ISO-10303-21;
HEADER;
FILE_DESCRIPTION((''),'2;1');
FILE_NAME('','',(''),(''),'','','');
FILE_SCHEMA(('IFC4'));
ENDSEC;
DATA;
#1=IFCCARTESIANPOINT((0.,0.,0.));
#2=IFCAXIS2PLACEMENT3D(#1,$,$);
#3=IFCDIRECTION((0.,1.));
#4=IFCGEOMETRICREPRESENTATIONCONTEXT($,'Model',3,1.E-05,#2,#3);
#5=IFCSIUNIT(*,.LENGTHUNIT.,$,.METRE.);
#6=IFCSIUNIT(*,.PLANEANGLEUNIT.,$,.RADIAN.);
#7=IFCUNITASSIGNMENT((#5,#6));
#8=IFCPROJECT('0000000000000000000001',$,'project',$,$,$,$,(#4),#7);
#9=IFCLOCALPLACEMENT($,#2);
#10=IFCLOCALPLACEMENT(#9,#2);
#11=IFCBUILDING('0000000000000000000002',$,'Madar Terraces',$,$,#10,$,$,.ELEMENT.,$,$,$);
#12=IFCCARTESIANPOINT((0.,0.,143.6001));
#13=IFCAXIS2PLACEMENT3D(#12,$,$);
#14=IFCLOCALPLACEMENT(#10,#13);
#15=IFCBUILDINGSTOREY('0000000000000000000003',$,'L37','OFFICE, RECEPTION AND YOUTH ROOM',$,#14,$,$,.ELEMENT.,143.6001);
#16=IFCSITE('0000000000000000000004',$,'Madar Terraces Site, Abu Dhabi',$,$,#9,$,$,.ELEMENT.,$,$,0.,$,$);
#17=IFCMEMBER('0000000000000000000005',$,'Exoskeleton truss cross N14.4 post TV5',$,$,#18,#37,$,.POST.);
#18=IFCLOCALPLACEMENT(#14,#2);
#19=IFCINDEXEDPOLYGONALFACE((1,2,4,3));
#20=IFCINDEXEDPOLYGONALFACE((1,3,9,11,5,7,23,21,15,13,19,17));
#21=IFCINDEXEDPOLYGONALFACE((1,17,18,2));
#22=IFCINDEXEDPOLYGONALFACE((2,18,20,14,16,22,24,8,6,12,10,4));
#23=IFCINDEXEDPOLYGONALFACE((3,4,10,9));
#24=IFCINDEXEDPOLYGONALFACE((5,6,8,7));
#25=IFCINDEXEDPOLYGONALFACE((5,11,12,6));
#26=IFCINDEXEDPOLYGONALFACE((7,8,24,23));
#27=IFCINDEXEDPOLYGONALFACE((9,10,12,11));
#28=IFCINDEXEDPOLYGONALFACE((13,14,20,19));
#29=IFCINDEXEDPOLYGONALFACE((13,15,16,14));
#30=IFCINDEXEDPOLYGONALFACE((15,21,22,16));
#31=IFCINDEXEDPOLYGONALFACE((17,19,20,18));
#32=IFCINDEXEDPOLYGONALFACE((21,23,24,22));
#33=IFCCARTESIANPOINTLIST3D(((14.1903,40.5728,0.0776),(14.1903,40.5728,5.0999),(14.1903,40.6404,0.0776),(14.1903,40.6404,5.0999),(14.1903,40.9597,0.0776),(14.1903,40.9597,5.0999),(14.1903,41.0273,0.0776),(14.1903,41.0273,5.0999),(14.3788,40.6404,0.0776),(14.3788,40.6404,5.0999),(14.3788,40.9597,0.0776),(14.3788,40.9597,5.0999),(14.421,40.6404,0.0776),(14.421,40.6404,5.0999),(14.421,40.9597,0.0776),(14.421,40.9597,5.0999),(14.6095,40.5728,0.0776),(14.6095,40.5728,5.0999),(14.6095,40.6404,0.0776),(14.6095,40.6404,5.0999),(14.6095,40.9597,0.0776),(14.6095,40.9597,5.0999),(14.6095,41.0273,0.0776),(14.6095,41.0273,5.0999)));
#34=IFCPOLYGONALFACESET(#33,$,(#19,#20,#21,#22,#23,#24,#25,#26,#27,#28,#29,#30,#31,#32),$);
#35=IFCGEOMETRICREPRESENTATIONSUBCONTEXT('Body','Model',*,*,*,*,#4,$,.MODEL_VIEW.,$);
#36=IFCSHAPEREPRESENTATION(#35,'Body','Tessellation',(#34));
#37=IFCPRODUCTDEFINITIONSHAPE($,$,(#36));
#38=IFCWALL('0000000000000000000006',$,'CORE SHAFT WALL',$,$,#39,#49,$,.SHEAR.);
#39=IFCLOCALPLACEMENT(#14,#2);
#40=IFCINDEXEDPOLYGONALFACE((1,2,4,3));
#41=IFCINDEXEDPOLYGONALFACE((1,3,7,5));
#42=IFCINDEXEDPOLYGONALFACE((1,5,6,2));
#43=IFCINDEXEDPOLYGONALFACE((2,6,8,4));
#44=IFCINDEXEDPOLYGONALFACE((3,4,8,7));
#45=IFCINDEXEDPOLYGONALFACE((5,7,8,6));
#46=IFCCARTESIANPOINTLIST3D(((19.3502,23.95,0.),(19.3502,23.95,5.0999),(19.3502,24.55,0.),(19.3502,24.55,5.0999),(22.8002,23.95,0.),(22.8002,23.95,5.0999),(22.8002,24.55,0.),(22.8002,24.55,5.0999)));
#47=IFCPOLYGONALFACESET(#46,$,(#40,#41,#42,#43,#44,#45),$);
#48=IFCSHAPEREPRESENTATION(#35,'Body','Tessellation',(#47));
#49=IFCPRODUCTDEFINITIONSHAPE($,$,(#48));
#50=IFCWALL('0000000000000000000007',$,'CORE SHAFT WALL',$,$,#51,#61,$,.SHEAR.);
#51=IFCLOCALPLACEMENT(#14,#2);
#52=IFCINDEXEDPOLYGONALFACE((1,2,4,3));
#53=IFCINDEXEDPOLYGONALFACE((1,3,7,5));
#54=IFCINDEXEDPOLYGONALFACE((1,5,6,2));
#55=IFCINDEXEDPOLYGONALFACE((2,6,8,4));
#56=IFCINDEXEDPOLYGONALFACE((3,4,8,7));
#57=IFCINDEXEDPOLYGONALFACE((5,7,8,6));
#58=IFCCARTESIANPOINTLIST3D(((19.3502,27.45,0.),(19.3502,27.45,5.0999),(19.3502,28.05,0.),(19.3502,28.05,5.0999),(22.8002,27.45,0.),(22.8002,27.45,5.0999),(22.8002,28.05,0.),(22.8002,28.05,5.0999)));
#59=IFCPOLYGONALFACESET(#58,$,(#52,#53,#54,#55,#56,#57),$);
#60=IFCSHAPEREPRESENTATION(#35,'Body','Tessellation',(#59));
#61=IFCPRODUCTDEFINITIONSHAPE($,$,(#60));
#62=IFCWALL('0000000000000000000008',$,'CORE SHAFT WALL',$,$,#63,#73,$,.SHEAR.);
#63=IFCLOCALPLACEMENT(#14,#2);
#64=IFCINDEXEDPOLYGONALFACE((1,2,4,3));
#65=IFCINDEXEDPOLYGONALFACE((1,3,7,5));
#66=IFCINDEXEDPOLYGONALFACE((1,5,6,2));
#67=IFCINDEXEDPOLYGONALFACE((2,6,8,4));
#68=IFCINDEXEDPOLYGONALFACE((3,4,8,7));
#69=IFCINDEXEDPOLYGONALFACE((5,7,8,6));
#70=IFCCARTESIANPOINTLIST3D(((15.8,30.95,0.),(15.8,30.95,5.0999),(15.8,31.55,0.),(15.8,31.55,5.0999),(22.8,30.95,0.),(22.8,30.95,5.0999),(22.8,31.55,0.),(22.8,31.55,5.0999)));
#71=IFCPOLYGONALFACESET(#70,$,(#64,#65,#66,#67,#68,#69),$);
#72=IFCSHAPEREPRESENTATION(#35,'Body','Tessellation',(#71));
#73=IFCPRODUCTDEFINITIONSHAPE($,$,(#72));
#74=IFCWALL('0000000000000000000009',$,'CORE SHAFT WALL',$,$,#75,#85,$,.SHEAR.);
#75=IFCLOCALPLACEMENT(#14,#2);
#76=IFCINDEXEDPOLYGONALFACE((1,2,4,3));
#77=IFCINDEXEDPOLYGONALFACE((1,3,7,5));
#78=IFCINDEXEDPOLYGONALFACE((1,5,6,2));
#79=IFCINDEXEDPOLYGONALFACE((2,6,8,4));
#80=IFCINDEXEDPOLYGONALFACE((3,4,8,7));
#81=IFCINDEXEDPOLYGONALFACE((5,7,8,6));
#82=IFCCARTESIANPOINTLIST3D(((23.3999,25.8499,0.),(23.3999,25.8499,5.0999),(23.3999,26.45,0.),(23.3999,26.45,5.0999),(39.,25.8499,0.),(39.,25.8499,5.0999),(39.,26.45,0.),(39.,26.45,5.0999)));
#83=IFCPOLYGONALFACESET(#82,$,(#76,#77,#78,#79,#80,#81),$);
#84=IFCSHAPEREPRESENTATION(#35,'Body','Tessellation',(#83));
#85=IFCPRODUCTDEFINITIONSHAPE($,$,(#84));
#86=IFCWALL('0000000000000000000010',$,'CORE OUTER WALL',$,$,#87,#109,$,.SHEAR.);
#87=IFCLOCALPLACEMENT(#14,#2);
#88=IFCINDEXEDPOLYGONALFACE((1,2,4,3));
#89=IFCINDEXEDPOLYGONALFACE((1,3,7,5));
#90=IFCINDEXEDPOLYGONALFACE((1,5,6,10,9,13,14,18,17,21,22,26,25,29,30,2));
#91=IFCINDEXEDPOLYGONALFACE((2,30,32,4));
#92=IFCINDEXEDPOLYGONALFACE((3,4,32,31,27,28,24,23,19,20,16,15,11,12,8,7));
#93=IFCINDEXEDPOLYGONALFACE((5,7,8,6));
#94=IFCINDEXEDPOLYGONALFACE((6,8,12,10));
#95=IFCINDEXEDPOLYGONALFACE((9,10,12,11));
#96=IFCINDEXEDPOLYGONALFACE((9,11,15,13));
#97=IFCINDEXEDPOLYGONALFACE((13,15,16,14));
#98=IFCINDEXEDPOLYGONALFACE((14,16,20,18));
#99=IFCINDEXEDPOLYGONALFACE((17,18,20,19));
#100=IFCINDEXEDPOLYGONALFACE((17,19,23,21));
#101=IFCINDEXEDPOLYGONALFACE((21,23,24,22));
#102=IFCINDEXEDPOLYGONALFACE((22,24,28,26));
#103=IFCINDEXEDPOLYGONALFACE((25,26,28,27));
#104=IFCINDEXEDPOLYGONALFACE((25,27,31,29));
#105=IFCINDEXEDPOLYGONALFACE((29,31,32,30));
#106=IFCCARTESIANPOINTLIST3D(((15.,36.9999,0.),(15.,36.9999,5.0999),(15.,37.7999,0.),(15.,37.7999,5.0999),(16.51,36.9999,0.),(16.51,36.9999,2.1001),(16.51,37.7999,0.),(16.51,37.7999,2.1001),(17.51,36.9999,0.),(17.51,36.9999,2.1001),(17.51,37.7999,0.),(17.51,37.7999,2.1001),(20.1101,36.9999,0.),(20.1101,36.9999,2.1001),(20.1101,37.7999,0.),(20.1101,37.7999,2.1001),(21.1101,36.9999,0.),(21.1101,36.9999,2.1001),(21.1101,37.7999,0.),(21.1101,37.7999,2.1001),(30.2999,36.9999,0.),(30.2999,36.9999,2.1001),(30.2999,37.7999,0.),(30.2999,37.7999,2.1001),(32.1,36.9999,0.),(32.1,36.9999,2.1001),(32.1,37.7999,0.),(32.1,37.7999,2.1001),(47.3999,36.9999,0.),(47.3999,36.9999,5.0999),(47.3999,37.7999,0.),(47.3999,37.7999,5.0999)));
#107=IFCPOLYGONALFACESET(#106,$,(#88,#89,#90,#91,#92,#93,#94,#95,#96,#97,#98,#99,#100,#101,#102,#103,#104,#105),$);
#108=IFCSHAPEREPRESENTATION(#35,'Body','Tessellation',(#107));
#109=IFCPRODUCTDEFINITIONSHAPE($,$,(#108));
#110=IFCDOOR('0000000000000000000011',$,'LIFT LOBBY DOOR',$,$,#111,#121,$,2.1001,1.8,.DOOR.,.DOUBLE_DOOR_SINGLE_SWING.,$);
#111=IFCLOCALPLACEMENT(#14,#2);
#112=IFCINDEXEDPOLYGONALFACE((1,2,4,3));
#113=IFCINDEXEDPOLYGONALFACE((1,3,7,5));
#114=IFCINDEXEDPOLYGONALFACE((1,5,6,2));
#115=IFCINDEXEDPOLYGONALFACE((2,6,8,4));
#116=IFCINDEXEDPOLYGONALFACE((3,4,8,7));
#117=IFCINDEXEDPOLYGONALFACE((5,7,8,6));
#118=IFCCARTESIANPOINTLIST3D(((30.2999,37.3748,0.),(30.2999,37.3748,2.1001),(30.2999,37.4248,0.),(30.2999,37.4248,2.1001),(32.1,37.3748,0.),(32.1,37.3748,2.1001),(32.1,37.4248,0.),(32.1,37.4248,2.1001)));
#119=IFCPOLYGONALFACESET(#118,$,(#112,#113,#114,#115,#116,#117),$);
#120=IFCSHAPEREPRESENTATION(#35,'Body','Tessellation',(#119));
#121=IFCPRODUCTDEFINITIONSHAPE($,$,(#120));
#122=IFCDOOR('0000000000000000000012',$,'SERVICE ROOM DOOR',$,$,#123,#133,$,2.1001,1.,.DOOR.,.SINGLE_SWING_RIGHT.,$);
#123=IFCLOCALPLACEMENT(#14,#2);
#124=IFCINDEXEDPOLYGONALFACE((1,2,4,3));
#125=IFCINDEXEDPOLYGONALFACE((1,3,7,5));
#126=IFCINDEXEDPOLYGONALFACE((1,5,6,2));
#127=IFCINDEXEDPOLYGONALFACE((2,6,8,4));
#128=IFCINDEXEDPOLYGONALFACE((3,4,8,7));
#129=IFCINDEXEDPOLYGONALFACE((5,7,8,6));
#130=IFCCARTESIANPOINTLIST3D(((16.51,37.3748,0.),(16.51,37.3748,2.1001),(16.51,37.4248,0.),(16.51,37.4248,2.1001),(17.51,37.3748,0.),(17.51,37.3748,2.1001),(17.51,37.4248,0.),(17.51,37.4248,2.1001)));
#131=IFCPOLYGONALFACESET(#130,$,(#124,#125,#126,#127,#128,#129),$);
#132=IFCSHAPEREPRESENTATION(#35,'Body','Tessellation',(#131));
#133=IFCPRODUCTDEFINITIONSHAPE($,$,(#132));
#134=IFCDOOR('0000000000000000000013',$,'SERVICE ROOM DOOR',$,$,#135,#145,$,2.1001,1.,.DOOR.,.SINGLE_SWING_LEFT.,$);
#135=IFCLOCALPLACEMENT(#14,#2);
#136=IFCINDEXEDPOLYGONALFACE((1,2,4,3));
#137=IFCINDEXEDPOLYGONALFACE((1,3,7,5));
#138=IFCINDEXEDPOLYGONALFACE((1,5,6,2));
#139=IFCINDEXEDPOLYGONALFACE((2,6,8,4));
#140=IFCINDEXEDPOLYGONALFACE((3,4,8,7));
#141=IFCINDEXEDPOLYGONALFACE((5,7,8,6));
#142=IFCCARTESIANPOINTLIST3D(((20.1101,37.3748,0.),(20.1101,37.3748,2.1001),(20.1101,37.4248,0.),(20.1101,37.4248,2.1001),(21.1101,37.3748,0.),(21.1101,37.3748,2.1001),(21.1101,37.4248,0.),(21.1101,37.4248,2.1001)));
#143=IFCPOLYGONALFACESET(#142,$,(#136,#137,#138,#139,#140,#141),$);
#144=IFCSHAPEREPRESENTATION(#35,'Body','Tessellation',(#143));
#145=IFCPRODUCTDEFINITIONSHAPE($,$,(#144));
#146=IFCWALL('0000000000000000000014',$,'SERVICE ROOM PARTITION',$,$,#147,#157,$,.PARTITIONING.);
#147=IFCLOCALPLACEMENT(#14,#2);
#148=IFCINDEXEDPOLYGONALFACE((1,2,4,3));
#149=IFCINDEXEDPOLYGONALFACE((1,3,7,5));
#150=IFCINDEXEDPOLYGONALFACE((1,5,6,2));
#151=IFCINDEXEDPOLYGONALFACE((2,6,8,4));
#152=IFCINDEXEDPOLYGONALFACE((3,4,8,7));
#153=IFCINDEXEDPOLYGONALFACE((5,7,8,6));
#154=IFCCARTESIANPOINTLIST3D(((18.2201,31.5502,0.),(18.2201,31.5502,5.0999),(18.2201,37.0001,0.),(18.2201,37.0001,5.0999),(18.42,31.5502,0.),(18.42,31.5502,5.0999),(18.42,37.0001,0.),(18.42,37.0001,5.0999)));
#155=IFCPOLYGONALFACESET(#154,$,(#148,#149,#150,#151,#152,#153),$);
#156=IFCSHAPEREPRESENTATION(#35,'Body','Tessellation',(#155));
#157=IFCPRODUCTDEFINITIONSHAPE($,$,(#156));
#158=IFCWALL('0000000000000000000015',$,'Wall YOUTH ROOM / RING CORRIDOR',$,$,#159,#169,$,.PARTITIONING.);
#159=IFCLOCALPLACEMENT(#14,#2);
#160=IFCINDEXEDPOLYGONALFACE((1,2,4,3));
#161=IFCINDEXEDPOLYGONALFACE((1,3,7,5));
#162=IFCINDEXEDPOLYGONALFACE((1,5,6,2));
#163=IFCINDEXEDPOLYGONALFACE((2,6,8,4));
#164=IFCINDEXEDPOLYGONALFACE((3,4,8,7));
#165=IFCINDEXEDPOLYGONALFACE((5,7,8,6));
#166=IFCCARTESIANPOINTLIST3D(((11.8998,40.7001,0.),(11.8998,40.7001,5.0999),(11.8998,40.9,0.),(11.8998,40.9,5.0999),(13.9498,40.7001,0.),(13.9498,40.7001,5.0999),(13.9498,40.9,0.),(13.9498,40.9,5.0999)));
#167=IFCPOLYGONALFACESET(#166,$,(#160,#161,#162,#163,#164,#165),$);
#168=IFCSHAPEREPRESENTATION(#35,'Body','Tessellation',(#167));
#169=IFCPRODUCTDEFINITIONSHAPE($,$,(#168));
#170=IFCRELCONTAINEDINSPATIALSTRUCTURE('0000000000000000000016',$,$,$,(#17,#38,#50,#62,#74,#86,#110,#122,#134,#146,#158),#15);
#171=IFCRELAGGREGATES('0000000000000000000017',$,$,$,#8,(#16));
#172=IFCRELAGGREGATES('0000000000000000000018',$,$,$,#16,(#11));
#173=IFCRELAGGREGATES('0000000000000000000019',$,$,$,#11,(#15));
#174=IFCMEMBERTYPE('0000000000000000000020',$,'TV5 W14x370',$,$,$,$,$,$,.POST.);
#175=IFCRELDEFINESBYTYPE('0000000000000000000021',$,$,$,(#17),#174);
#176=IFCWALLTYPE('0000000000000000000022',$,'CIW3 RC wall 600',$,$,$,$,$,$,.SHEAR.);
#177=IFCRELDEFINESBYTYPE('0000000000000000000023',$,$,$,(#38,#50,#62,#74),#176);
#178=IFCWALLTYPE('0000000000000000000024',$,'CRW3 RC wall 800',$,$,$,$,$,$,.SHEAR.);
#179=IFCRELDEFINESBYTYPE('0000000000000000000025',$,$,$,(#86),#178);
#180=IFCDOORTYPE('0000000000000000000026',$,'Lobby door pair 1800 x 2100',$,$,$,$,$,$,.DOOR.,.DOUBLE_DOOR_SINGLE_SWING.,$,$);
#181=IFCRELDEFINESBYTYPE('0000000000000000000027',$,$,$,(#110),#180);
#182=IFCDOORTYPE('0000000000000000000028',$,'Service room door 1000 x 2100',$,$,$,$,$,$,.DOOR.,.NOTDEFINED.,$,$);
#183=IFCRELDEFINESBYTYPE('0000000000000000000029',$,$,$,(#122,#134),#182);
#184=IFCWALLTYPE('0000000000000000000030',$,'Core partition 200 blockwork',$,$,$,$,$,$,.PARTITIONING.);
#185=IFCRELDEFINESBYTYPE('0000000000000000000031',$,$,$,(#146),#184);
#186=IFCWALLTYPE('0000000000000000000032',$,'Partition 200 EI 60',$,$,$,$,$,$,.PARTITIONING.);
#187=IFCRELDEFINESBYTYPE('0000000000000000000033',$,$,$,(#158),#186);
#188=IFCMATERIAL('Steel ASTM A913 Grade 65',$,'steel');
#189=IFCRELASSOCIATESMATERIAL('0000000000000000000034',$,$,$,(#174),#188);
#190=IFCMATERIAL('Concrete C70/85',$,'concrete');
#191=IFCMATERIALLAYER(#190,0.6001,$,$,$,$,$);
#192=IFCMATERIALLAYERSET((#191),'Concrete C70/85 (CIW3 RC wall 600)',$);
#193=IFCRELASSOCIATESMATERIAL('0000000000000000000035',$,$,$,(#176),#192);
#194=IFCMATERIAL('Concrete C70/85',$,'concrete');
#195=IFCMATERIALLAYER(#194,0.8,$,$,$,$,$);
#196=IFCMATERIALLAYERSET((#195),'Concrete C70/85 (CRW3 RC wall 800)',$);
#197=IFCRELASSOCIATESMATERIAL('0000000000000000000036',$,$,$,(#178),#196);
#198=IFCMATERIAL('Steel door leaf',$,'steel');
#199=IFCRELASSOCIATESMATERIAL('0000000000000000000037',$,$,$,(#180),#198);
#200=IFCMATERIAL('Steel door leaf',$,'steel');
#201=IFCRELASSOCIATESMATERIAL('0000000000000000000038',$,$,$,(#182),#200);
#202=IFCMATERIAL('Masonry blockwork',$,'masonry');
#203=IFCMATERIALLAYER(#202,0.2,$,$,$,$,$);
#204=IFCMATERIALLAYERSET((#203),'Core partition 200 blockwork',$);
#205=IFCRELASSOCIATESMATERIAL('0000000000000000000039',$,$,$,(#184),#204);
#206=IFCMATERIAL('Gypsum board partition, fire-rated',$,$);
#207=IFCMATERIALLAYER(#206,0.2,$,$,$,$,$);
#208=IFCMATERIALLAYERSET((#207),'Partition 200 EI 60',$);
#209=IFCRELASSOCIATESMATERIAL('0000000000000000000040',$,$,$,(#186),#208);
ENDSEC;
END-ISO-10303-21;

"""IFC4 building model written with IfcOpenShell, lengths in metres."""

from ifc_helpers import new_model, si_unit, direction, frame, frame_2d, origin, origin_2d, place, context, subcontext, project, spatial, rectangle, i_section, extrude, material, layer, layer_set, material_profile, profile_set, type_object, element, fill, save


model = new_model("IFC4")

# Units and contexts
model_context = context("Model", 3, precision=1e-05, world=origin(), true_north=direction((0.0, 1.0)))
body_context = subcontext(model_context, "Body", "Model", "MODEL_VIEW")
ifc_project = project(units=[si_unit("LENGTHUNIT", "METRE"), si_unit("PLANEANGLEUNIT", "RADIAN")], contexts=[model_context])

# Site, building, storey
site_placement = place(None, origin())
site = spatial("IfcSite", under=ifc_project, at=site_placement, Name="Madar Terraces Site, Abu Dhabi", CompositionType="ELEMENT", RefElevation=0.0)
building_placement = place(site_placement, origin())
building = spatial("IfcBuilding", under=site, at=building_placement, Name="Madar Terraces", CompositionType="ELEMENT")
storey_placement = place(building_placement, frame((0.0, 0.0, 143.6001)))
storey = spatial("IfcBuildingStorey", under=building, at=storey_placement, Name="L37", Description="OFFICE, RECEPTION AND YOUTH ROOM", CompositionType="ELEMENT", Elevation=143.6001)

# Member
ifc_material_1 = material(Name="Steel ASTM A913 Grade 65", Category="steel")
ifc_material_profile_1 = material_profile(ifc_material_1, i_section(OverallWidth=0.4192, OverallDepth=0.4546, WebThickness=0.0422, FlangeThickness=0.0676, at=origin_2d()), Name="W14x370")
ifc_profile_set_1 = profile_set([ifc_material_profile_1], Name="Steel ASTM A913 Grade 65")
member_type_1 = type_object("IfcMemberType", Name="TV5 W14x370", PredefinedType="POST", material=ifc_profile_set_1)
for number, where, z_axis, x_axis, name in (
    (1, (14.3999, 40.8, 0.0776), (0.0, 0.0, 1.0), (-1.0, 0.0, 0.0), "Exoskeleton truss cross N14.4 post TV5"),
):
    element("IfcMember", number, at=place(storey_placement, frame(where, z_axis=z_axis, x_axis=x_axis)), inside=storey, type_object=member_type_1, Name=name, PredefinedType="POST", context=body_context, shape_type="SweptSolid", body=[
        extrude(i_section(OverallWidth=0.4192, OverallDepth=0.4546, WebThickness=0.0422, FlangeThickness=0.0676, at=origin_2d()), origin(), (0.0, 0.0, 1.0), 5.0222),
    ])

# Walls
ifc_material_2 = material(Name="Concrete C70/85", Category="concrete")
ifc_layer_1 = layer(ifc_material_2, 0.6001)
ifc_layer_set_1 = layer_set([ifc_layer_1], Name="Concrete C70/85 (CIW3 RC wall 600)")
wall_type_1 = type_object("IfcWallType", Name="CIW3 RC wall 600", PredefinedType="SHEAR", material=ifc_layer_set_1)
for number, where, z_axis, x_axis, name in (
    (2, (19.3501, 24.25, 0.0), (0.0, 0.0, 1.0), (1.0, 0.0, 0.0), "CORE SHAFT WALL"),
    (3, (19.3501, 27.75, 0.0), (0.0, 0.0, 1.0), (1.0, 0.0, 0.0), "CORE SHAFT WALL"),
):
    element("IfcWall", number, at=place(storey_placement, frame(where, z_axis=z_axis, x_axis=x_axis)), inside=storey, type_object=wall_type_1, Name=name, PredefinedType="SHEAR", context=body_context, shape_type="SweptSolid", body=[
        extrude(rectangle(XDim=3.45, YDim=0.6001, at=frame_2d((1.7251, 0.0))), origin(), (0.0, 0.0, 1.0), 5.0999),
    ])
wall_1_placement = place(storey_placement, frame((15.8, 31.25, 0.0), z_axis=(0.0, 0.0, 1.0), x_axis=(1.0, 0.0, 0.0)))
element("IfcWall", 4, at=wall_1_placement, inside=storey, type_object=wall_type_1, Name="CORE SHAFT WALL", PredefinedType="SHEAR", context=body_context, shape_type="SweptSolid", body=[
    extrude(rectangle(XDim=7.0, YDim=0.6001, at=frame_2d((3.5, 0.0))), origin(), (0.0, 0.0, 1.0), 5.0999),
])
wall_2_placement = place(storey_placement, frame((23.3999, 26.1499, 0.0), z_axis=(0.0, 0.0, 1.0), x_axis=(1.0, 0.0, 0.0)))
element("IfcWall", 5, at=wall_2_placement, inside=storey, type_object=wall_type_1, Name="CORE SHAFT WALL", PredefinedType="SHEAR", context=body_context, shape_type="SweptSolid", body=[
    extrude(rectangle(XDim=15.6001, YDim=0.6001, at=frame_2d((7.8, 0.0))), origin(), (0.0, 0.0, 1.0), 5.0999),
])

# Wall, openings, doors
ifc_material_3 = material(Name="Concrete C70/85", Category="concrete")
ifc_layer_2 = layer(ifc_material_3, 0.8)
ifc_layer_set_2 = layer_set([ifc_layer_2], Name="Concrete C70/85 (CRW3 RC wall 800)")
wall_type_2 = type_object("IfcWallType", Name="CRW3 RC wall 800", PredefinedType="SHEAR", material=ifc_layer_set_2)
wall_3_placement = place(storey_placement, frame((15.0, 37.3999, 0.0), z_axis=(0.0, 0.0, 1.0), x_axis=(1.0, 0.0, 0.0)))
wall_3 = element("IfcWall", 6, at=wall_3_placement, inside=storey, type_object=wall_type_2, Name="CORE OUTER WALL", PredefinedType="SHEAR", context=body_context, shape_type="SweptSolid", body=[
    extrude(rectangle(XDim=32.3999, YDim=0.8, at=frame_2d((16.2, 0.0))), origin(), (0.0, 0.0, 1.0), 5.0999),
])
opening_1_placement = place(wall_3_placement, frame((15.3, 0.0, 0.0)))
opening_1 = element("IfcOpeningElement", 7, at=opening_1_placement, cuts=wall_3, PredefinedType="OPENING", context=body_context, shape_type="SweptSolid", body=[
    extrude(rectangle(XDim=1.8, YDim=2.1001, at=frame_2d((0.8999, 1.05))), frame((0.0, 0.4099, 0.0), z_axis=(0.0, -1.0, 0.0), x_axis=(1.0, 0.0, 0.0)), (0.0, 0.0, 1.0), 0.8201),
])
opening_2_placement = place(wall_3_placement, frame((1.51, 0.0, 0.0)))
opening_2 = element("IfcOpeningElement", 8, at=opening_2_placement, cuts=wall_3, PredefinedType="OPENING", context=body_context, shape_type="SweptSolid", body=[
    extrude(rectangle(XDim=1.0, YDim=2.1001, at=frame_2d((0.5, 1.05))), frame((0.0, 0.4099, 0.0), z_axis=(0.0, -1.0, 0.0), x_axis=(1.0, 0.0, 0.0)), (0.0, 0.0, 1.0), 0.8201),
])
opening_3_placement = place(wall_3_placement, frame((5.1101, 0.0, 0.0)))
opening_3 = element("IfcOpeningElement", 9, at=opening_3_placement, cuts=wall_3, PredefinedType="OPENING", context=body_context, shape_type="SweptSolid", body=[
    extrude(rectangle(XDim=1.0, YDim=2.1001, at=frame_2d((0.5, 1.05))), frame((0.0, 0.4099, 0.0), z_axis=(0.0, -1.0, 0.0), x_axis=(1.0, 0.0, 0.0)), (0.0, 0.0, 1.0), 0.8201),
])
ifc_material_4 = material(Name="Steel door leaf", Category="steel")
door_type_1 = type_object("IfcDoorType", Name="Lobby door pair 1800 x 2100", OperationType="DOUBLE_DOOR_SINGLE_SWING", PredefinedType="DOOR", material=ifc_material_4)
door_1_placement = place(opening_1_placement, origin())
door_1 = element("IfcDoor", 10, at=door_1_placement, inside=storey, type_object=door_type_1, Name="LIFT LOBBY DOOR", OperationType="DOUBLE_DOOR_SINGLE_SWING", OverallHeight=2.1001, OverallWidth=1.8, PredefinedType="DOOR", context=body_context, shape_type="SweptSolid", body=[
    extrude(rectangle(XDim=1.8, YDim=2.1001, at=frame_2d((0.8999, 1.05))), frame((0.0, 0.0249, 0.0), z_axis=(0.0, -1.0, 0.0), x_axis=(1.0, 0.0, 0.0)), (0.0, 0.0, 1.0), 0.05),
])
fill(opening_1, door_1)
ifc_material_5 = material(Name="Steel door leaf", Category="steel")
door_type_2 = type_object("IfcDoorType", Name="Service room door 1000 x 2100", OperationType="NOTDEFINED", PredefinedType="DOOR", material=ifc_material_5)
door_2_placement = place(opening_2_placement, origin())
door_2 = element("IfcDoor", 11, at=door_2_placement, inside=storey, type_object=door_type_2, Name="SERVICE ROOM DOOR", OperationType="SINGLE_SWING_RIGHT", OverallHeight=2.1001, OverallWidth=1.0, PredefinedType="DOOR", context=body_context, shape_type="SweptSolid", body=[
    extrude(rectangle(XDim=1.0, YDim=2.1001, at=frame_2d((0.5, 1.05))), frame((0.0, 0.0249, 0.0), z_axis=(0.0, -1.0, 0.0), x_axis=(1.0, 0.0, 0.0)), (0.0, 0.0, 1.0), 0.05),
])
fill(opening_2, door_2)
door_3_placement = place(opening_3_placement, origin())
door_3 = element("IfcDoor", 12, at=door_3_placement, inside=storey, type_object=door_type_2, Name="SERVICE ROOM DOOR", OperationType="SINGLE_SWING_LEFT", OverallHeight=2.1001, OverallWidth=1.0, PredefinedType="DOOR", context=body_context, shape_type="SweptSolid", body=[
    extrude(rectangle(XDim=1.0, YDim=2.1001, at=frame_2d((0.5, 1.05))), frame((0.0, 0.0249, 0.0), z_axis=(0.0, -1.0, 0.0), x_axis=(1.0, 0.0, 0.0)), (0.0, 0.0, 1.0), 0.05),
])
fill(opening_3, door_3)

# Walls
ifc_material_6 = material(Name="Masonry blockwork", Category="masonry")
ifc_layer_3 = layer(ifc_material_6, 0.2)
ifc_layer_set_3 = layer_set([ifc_layer_3], Name="Core partition 200 blockwork")
wall_type_3 = type_object("IfcWallType", Name="Core partition 200 blockwork", PredefinedType="PARTITIONING", material=ifc_layer_set_3)
wall_4_placement = place(storey_placement, frame((18.3201, 31.55, 0.0), z_axis=(0.0, 0.0, 1.0), x_axis=(0.0, 1.0, 0.0)))
element("IfcWall", 13, at=wall_4_placement, inside=storey, type_object=wall_type_3, Name="SERVICE ROOM PARTITION", PredefinedType="PARTITIONING", context=body_context, shape_type="SweptSolid", body=[
    extrude(rectangle(XDim=5.45, YDim=0.2, at=frame_2d((2.7251, 0.0))), origin(), (0.0, 0.0, 1.0), 5.0999),
])
ifc_material_7 = material(Name="Gypsum board partition, fire-rated")
ifc_layer_4 = layer(ifc_material_7, 0.2)
ifc_layer_set_4 = layer_set([ifc_layer_4], Name="Partition 200 EI 60")
wall_type_4 = type_object("IfcWallType", Name="Partition 200 EI 60", PredefinedType="PARTITIONING", material=ifc_layer_set_4)
wall_5_placement = place(storey_placement, frame((11.8999, 40.8, 0.0), z_axis=(0.0, 0.0, 1.0), x_axis=(1.0, 0.0, 0.0)))
element("IfcWall", 14, at=wall_5_placement, inside=storey, type_object=wall_type_4, Name="Wall YOUTH ROOM / RING CORRIDOR", PredefinedType="PARTITIONING", context=body_context, shape_type="SweptSolid", body=[
    extrude(rectangle(XDim=2.05, YDim=0.2, at=frame_2d((1.0249, 0.0))), origin(), (0.0, 0.0, 1.0), 5.0999),
])

save(model, "model.ifc")
